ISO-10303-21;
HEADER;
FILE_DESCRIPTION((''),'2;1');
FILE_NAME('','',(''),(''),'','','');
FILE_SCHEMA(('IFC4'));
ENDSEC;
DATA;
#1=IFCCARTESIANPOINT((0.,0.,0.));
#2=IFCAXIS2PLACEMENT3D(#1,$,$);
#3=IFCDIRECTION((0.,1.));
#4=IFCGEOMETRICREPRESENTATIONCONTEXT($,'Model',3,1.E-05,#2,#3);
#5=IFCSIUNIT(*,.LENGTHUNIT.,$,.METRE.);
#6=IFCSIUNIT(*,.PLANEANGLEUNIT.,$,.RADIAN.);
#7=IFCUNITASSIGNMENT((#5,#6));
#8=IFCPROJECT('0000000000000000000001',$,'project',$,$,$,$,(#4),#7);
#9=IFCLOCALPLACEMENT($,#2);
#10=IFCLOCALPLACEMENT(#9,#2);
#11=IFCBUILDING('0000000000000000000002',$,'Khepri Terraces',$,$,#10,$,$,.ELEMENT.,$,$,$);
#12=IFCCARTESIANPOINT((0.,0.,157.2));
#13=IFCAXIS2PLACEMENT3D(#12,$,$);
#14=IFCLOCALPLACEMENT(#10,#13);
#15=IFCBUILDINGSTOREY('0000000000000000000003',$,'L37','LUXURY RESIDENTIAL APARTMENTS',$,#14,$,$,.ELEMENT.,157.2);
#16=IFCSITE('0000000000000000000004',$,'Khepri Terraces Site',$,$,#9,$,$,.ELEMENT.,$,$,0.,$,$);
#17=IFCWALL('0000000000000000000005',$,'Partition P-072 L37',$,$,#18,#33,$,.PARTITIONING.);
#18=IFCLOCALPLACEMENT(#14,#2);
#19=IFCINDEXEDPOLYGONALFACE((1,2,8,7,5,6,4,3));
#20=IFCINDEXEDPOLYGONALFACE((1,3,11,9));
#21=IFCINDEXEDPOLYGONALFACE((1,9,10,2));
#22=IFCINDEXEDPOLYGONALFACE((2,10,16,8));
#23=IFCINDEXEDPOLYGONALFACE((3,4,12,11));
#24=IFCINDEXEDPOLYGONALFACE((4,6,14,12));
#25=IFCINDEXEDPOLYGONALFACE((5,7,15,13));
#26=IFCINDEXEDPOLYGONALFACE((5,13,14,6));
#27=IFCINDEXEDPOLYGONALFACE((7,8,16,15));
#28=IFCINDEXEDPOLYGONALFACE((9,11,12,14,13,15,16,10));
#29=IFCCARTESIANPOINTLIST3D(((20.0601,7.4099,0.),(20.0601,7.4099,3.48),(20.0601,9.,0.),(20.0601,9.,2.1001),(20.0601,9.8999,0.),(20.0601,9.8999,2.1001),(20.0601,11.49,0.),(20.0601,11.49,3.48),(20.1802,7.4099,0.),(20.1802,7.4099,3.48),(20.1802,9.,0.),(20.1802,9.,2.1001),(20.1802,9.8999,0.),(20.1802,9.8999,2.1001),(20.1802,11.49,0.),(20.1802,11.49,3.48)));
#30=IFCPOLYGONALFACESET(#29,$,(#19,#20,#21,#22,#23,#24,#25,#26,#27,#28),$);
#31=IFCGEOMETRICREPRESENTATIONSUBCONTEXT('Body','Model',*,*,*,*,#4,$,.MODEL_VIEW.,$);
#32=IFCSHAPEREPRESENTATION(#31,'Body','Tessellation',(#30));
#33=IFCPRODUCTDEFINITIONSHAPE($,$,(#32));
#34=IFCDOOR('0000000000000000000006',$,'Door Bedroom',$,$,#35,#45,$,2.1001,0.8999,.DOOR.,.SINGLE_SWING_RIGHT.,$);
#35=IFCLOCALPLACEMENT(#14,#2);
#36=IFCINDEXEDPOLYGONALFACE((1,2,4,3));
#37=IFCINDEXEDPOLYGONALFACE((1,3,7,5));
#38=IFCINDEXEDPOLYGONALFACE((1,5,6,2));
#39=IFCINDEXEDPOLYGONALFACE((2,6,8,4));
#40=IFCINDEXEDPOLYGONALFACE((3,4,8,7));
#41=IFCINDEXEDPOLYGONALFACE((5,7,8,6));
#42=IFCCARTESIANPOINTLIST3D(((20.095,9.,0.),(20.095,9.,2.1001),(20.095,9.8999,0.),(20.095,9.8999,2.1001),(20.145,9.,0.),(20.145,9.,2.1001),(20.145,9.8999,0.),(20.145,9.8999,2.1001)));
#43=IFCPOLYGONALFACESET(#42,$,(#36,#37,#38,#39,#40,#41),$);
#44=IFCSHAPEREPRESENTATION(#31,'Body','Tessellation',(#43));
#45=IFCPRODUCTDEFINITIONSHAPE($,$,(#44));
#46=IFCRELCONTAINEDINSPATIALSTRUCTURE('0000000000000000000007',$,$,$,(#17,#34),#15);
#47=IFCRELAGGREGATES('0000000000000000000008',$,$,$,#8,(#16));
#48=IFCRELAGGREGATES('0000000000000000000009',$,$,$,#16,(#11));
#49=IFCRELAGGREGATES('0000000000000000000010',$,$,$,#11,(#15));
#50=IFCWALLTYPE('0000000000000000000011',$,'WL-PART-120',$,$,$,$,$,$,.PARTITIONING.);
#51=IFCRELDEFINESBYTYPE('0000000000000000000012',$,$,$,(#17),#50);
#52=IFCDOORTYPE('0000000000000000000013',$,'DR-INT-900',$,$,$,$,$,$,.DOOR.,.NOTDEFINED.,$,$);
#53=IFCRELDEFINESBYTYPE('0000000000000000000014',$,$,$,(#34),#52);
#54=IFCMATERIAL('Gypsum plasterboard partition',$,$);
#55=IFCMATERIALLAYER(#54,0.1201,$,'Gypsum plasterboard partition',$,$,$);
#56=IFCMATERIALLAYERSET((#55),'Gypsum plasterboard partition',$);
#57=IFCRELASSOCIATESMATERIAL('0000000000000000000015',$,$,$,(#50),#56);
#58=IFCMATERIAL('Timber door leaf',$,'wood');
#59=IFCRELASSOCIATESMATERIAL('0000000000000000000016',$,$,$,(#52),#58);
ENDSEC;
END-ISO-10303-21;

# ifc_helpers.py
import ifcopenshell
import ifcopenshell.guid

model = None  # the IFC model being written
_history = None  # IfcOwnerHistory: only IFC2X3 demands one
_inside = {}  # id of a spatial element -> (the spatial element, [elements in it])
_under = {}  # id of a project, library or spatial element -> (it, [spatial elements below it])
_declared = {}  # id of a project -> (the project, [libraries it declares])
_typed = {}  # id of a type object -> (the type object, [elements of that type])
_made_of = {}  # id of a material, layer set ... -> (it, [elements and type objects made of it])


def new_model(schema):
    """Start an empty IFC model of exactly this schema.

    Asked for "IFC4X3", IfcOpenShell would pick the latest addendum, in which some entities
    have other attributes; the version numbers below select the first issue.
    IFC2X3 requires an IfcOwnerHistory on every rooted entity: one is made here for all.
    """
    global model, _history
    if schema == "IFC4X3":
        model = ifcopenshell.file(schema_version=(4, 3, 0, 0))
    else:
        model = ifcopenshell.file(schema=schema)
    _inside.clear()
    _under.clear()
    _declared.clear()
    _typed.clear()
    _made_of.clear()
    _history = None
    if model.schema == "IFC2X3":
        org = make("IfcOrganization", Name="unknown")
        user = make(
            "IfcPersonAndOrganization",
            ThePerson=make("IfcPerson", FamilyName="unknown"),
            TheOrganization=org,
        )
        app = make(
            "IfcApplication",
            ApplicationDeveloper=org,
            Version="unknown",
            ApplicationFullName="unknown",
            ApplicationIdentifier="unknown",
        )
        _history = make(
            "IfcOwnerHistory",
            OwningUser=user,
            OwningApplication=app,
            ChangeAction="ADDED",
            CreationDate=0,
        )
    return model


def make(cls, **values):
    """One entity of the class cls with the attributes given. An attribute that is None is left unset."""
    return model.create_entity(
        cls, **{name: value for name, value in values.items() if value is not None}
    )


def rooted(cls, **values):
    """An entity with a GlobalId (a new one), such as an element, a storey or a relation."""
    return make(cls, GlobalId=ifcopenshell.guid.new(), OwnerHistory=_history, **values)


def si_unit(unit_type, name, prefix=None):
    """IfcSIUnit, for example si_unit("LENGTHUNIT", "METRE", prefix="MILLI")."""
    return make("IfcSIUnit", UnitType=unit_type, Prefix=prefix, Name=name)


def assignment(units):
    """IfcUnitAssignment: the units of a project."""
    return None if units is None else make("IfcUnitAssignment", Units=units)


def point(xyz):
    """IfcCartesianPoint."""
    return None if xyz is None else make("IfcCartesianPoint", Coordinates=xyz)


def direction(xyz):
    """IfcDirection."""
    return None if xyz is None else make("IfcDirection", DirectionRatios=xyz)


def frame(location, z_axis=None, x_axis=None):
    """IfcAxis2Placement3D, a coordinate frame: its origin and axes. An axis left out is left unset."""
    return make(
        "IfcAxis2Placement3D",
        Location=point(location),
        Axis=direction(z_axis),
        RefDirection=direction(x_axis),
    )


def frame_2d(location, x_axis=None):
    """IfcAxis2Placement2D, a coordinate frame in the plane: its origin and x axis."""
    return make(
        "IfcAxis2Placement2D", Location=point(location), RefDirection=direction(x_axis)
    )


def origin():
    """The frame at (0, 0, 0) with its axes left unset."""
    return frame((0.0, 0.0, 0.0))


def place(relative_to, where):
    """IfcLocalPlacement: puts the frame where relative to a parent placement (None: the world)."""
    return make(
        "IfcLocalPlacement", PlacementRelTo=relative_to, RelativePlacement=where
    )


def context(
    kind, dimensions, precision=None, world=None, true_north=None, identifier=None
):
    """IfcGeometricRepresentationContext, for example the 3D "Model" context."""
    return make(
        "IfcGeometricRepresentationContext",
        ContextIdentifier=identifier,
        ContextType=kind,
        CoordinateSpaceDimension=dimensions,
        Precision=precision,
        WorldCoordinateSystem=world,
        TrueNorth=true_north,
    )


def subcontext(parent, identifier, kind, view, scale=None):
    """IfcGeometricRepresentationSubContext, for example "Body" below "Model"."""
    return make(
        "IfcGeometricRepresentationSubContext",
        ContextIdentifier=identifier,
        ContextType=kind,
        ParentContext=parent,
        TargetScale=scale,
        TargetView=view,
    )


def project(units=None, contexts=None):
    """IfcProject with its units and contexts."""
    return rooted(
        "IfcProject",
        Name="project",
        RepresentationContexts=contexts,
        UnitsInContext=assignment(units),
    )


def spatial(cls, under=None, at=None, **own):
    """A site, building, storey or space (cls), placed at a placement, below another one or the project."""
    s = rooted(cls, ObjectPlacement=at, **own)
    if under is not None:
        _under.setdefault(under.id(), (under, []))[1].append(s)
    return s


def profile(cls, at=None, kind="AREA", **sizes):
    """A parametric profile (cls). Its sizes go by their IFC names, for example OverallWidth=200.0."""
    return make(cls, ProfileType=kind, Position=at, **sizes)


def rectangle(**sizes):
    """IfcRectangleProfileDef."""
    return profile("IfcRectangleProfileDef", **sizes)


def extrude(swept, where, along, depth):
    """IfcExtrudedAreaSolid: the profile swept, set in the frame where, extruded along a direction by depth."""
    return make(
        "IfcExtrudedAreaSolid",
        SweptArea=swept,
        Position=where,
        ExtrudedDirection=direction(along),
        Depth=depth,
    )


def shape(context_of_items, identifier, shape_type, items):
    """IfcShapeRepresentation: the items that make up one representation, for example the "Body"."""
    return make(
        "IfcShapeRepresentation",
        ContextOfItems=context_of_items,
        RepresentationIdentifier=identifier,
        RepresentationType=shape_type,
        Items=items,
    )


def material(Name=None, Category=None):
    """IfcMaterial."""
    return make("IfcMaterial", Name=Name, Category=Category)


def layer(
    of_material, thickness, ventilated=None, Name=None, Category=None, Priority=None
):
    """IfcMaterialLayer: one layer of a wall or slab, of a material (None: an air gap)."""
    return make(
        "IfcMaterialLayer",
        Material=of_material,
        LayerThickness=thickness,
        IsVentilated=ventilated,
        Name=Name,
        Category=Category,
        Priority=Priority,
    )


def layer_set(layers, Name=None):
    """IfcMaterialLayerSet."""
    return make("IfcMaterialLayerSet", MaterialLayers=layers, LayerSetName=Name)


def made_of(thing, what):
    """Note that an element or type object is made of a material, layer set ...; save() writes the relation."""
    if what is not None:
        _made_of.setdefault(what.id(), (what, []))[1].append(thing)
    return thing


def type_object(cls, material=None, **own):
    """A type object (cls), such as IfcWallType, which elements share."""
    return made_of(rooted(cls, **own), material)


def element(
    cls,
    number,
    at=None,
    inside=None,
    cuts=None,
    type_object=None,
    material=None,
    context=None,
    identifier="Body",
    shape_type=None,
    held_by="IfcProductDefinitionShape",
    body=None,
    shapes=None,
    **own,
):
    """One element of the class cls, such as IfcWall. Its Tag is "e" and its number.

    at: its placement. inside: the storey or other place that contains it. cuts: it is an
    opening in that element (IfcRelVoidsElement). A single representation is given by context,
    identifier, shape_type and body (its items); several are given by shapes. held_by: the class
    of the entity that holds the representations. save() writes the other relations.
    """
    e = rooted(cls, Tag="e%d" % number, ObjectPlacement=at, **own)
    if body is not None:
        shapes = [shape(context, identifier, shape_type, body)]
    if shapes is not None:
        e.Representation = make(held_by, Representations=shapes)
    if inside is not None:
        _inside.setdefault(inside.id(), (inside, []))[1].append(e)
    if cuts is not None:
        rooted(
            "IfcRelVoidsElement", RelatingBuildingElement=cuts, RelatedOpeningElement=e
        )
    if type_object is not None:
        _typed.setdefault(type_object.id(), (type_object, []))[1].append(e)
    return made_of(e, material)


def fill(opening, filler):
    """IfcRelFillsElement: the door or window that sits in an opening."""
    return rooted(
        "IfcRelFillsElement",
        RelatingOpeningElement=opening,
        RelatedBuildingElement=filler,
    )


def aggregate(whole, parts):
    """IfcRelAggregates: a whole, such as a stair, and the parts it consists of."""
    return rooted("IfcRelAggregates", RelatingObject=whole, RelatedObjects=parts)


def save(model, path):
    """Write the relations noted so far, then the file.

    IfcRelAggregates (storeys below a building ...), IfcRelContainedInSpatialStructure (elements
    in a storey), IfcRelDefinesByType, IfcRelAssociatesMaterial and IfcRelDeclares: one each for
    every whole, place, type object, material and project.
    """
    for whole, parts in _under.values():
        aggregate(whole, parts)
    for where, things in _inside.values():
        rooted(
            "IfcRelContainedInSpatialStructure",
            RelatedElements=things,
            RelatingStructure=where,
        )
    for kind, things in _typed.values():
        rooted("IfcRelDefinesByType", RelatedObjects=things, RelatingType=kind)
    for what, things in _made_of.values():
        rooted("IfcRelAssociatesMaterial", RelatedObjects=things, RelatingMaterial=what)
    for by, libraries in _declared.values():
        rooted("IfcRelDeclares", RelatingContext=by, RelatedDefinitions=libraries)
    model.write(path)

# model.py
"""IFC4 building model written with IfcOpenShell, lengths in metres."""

from ifc_helpers import new_model, si_unit, direction, frame, frame_2d, origin, place, context, subcontext, project, spatial, rectangle, extrude, material, layer, layer_set, type_object, element, fill, save


model = new_model("IFC4")

# Units and contexts
model_context = context("Model", 3, precision=1e-05, world=origin(), true_north=direction((0.0, 1.0)))
body_context = subcontext(model_context, "Body", "Model", "MODEL_VIEW")
ifc_project = project(units=[si_unit("LENGTHUNIT", "METRE"), si_unit("PLANEANGLEUNIT", "RADIAN")], contexts=[model_context])

# Site, building, storey
site_placement = place(None, origin())
site = spatial("IfcSite", under=ifc_project, at=site_placement, Name="Khepri Terraces Site", CompositionType="ELEMENT", RefElevation=0.0)
building_placement = place(site_placement, origin())
building = spatial("IfcBuilding", under=site, at=building_placement, Name="Khepri Terraces", CompositionType="ELEMENT")
storey_placement = place(building_placement, frame((0.0, 0.0, 157.2)))
storey = spatial("IfcBuildingStorey", under=building, at=storey_placement, Name="L37", Description="LUXURY RESIDENTIAL APARTMENTS", CompositionType="ELEMENT", Elevation=157.2)

# Shared definitions
ifc_material_1 = material(Name="Gypsum plasterboard partition")
ifc_layer_1 = layer(ifc_material_1, 0.1201, Name="Gypsum plasterboard partition")
ifc_layer_set_1 = layer_set([ifc_layer_1], Name="Gypsum plasterboard partition")
wall_type_1 = type_object("IfcWallType", Name="WL-PART-120", PredefinedType="PARTITIONING", material=ifc_layer_set_1)

# Wall, opening, door
wall_1_placement = place(storey_placement, frame((20.1201, 7.4099, 0.0), z_axis=(0.0, 0.0, 1.0), x_axis=(0.0, 1.0, 0.0)))
wall_1 = element("IfcWall", 1, at=wall_1_placement, inside=storey, type_object=wall_type_1, Name="Partition P-072 L37", PredefinedType="PARTITIONING", context=body_context, shape_type="SweptSolid", body=[
    extrude(rectangle(XDim=4.0801, YDim=0.1201, at=frame_2d((2.04, 0.0))), origin(), (0.0, 0.0, 1.0), 3.48),
])
opening_1_placement = place(wall_1_placement, frame((1.5901, 0.0, 0.0)))
opening_1 = element("IfcOpeningElement", 2, at=opening_1_placement, cuts=wall_1, PredefinedType="OPENING", context=body_context, shape_type="SweptSolid", body=[
    extrude(rectangle(XDim=0.8999, YDim=2.1001, at=frame_2d((0.45, 1.05))), frame((0.0, 0.0701, 0.0), z_axis=(0.0, -1.0, 0.0), x_axis=(1.0, 0.0, 0.0)), (0.0, 0.0, 1.0), 0.1401),
])
ifc_material_2 = material(Name="Timber door leaf", Category="wood")
door_type_1 = type_object("IfcDoorType", Name="DR-INT-900", OperationType="NOTDEFINED", PredefinedType="DOOR", material=ifc_material_2)
door_1_placement = place(opening_1_placement, frame((0.8999, 0.0, 0.0), z_axis=(0.0, 0.0, 1.0), x_axis=(-1.0, 0.0, 0.0)))
door_1 = element("IfcDoor", 3, at=door_1_placement, inside=storey, type_object=door_type_1, Name="Door Bedroom", OperationType="SINGLE_SWING_RIGHT", OverallHeight=2.1001, OverallWidth=0.8999, PredefinedType="DOOR", context=body_context, shape_type="SweptSolid", body=[
    extrude(rectangle(XDim=0.8999, YDim=2.1001, at=frame_2d((0.45, 1.05))), frame((0.0, 0.0249, 0.0), z_axis=(0.0, -1.0, 0.0), x_axis=(1.0, 0.0, 0.0)), (0.0, 0.0, 1.0), 0.05),
])
fill(opening_1, door_1)

save(model, "model.ifc")
